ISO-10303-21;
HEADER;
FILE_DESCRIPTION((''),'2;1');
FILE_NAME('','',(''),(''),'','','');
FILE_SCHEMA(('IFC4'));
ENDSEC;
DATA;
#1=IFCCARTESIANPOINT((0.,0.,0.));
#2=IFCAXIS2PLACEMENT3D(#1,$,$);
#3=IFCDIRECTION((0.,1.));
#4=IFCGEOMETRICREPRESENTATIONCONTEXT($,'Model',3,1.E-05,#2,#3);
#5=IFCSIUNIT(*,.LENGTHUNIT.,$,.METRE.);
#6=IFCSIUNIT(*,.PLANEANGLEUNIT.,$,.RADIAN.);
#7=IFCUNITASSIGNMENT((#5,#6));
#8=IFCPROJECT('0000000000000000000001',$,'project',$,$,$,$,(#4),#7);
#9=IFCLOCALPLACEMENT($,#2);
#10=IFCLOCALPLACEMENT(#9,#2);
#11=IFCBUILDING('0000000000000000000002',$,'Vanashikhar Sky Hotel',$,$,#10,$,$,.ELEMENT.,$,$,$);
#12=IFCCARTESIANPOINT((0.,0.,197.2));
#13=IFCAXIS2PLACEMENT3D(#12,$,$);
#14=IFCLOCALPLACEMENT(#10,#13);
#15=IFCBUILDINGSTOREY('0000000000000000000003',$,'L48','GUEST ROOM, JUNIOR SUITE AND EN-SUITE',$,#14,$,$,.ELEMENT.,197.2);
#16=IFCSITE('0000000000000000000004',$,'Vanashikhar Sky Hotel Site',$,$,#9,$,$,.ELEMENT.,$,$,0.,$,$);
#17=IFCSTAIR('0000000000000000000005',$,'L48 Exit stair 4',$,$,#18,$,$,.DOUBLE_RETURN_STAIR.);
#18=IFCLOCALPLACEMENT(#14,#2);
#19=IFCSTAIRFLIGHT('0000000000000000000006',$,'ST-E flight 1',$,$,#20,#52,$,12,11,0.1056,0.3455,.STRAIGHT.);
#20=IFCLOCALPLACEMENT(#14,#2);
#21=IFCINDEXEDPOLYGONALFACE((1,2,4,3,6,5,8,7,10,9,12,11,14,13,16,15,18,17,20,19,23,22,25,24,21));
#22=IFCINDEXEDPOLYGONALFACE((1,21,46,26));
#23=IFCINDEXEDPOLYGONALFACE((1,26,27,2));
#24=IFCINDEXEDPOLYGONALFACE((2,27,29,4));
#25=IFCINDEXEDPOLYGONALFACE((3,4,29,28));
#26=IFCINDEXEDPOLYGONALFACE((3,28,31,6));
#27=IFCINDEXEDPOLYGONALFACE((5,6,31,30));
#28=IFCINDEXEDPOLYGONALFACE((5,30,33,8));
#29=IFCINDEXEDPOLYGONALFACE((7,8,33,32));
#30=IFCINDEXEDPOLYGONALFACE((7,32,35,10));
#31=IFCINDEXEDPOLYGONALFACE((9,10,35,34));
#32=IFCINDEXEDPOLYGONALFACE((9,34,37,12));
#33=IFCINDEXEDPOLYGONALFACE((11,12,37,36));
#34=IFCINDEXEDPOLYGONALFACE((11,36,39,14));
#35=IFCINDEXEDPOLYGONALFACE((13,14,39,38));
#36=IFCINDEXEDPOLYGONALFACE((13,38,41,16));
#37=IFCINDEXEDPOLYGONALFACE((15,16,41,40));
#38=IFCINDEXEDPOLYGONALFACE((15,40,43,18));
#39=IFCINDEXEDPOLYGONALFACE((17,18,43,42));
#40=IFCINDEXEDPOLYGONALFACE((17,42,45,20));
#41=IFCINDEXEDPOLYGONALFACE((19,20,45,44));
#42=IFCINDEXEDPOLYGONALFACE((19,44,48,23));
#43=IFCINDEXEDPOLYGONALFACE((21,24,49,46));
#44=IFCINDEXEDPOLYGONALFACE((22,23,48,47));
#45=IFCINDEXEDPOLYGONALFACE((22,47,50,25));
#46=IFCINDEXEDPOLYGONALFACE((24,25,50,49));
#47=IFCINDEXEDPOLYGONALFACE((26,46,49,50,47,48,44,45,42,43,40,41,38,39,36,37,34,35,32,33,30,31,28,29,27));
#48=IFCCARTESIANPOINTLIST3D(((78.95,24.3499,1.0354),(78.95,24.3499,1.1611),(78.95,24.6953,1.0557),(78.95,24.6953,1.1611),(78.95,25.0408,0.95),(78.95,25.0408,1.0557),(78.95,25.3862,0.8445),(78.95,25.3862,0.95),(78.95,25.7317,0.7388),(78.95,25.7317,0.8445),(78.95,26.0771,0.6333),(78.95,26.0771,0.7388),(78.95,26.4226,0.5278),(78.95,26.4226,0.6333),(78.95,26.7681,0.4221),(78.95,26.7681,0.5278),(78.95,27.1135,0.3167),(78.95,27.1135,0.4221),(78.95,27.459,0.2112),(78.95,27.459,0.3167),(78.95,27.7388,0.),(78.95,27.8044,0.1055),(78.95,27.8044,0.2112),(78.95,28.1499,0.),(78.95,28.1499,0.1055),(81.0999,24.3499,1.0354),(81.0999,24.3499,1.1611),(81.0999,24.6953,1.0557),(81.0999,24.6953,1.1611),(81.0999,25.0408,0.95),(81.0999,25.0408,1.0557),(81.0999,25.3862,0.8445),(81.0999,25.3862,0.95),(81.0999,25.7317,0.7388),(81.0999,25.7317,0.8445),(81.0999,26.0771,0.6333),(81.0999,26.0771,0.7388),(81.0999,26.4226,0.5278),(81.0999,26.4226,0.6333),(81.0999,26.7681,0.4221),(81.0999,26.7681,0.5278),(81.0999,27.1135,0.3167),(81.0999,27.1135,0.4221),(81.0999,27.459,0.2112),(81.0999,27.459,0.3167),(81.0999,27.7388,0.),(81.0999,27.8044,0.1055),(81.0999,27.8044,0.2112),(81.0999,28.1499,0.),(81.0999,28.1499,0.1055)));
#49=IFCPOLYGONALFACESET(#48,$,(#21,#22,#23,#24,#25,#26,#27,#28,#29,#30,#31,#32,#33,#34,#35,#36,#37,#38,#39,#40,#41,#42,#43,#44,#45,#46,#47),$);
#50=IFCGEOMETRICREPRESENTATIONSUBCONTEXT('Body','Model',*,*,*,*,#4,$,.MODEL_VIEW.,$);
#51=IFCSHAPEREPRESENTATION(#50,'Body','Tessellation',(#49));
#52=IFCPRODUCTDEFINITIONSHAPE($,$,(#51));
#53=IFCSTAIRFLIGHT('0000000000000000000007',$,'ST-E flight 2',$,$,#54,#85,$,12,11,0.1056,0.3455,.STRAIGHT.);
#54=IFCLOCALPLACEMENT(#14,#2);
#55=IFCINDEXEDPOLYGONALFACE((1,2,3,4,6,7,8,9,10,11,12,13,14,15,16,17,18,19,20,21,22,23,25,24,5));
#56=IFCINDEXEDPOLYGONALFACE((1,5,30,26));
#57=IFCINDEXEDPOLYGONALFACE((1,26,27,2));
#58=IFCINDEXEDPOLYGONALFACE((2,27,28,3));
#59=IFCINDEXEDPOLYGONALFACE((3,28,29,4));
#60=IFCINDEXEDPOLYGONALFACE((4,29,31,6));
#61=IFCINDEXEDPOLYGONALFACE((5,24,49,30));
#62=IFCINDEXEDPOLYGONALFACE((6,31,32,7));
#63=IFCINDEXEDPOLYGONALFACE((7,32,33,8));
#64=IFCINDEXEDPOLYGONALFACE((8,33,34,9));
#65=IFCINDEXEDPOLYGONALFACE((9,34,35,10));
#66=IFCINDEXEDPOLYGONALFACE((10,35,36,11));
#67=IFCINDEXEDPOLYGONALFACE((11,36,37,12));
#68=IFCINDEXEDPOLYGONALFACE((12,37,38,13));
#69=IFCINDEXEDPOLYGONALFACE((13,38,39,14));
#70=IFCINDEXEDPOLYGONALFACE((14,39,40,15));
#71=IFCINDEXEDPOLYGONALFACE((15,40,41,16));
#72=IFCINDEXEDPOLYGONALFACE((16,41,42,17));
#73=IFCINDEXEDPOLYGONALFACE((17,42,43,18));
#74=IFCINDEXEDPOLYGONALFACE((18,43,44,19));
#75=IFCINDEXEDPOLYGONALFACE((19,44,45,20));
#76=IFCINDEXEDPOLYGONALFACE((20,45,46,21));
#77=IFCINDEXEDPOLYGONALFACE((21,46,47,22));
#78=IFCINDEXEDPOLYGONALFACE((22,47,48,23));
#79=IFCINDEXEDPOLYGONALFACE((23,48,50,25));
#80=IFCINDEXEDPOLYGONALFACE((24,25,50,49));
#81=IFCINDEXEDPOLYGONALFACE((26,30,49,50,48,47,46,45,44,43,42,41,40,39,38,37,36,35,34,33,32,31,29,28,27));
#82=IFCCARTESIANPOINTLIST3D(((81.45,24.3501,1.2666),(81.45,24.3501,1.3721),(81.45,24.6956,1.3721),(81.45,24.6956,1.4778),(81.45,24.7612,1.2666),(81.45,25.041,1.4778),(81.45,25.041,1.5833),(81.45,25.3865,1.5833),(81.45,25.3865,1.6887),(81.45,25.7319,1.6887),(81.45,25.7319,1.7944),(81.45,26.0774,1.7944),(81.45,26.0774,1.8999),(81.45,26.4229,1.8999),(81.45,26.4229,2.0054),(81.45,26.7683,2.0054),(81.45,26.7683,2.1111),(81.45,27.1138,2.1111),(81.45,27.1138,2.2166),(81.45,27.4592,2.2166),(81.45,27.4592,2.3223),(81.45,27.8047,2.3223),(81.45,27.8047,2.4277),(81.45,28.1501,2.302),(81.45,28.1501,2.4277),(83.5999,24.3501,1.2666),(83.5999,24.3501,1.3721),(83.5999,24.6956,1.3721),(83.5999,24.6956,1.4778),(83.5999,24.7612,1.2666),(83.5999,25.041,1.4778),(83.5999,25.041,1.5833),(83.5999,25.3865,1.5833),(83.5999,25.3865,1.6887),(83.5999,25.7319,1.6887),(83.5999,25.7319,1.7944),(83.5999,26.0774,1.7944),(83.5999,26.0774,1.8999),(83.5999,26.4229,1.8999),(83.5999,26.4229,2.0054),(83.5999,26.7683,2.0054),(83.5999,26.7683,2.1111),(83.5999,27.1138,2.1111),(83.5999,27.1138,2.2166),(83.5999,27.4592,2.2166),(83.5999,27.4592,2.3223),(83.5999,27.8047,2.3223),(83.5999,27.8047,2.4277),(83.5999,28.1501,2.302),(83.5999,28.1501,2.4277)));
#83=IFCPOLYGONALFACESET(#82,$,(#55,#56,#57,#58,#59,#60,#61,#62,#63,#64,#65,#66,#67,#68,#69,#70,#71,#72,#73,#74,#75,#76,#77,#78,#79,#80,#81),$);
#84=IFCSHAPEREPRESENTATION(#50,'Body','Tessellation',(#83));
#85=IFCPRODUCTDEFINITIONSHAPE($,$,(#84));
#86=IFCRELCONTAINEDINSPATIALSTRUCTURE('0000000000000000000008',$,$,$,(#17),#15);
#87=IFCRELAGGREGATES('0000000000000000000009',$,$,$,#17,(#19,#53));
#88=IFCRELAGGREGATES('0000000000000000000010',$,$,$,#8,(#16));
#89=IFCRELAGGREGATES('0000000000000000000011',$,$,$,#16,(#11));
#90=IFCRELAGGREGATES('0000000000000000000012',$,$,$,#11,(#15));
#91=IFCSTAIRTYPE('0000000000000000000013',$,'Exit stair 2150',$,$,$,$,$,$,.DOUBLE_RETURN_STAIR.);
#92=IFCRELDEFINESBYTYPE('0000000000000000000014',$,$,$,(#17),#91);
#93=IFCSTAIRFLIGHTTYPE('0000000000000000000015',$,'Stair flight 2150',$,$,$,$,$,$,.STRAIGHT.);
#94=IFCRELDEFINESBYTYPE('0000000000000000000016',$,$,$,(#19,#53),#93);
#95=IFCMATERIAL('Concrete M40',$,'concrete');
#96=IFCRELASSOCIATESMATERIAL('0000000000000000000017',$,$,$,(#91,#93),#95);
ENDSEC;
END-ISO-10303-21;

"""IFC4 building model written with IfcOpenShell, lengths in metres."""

from ifc_helpers import new_model, si_unit, direction, frame, origin, place, context, subcontext, project, spatial, polyline, outline, extrude, source, transform, mapped, material, type_object, element, aggregate, save


model = new_model("IFC4")

# Units and contexts
model_context = context("Model", 3, precision=1e-05, world=origin(), true_north=direction((0.0, 1.0)))
body_context = subcontext(model_context, "Body", "Model", "MODEL_VIEW")
ifc_project = project(units=[si_unit("LENGTHUNIT", "METRE"), si_unit("PLANEANGLEUNIT", "RADIAN")], contexts=[model_context])

# Site, building, storey
site_placement = place(None, origin())
site = spatial("IfcSite", under=ifc_project, at=site_placement, Name="Vanashikhar Sky Hotel Site", CompositionType="ELEMENT", RefElevation=0.0)
building_placement = place(site_placement, origin())
building = spatial("IfcBuilding", under=site, at=building_placement, Name="Vanashikhar Sky Hotel", CompositionType="ELEMENT")
storey_placement = place(building_placement, frame((0.0, 0.0, 197.2)))
storey = spatial("IfcBuildingStorey", under=building, at=storey_placement, Name="L48", Description="GUEST ROOM, JUNIOR SUITE AND EN-SUITE", CompositionType="ELEMENT", Elevation=197.2)

# Stair, stair flights
ifc_material_1 = material(Name="Concrete M40", Category="concrete")
stair_type = type_object("IfcStairType", Name="Exit stair 2150", PredefinedType="DOUBLE_RETURN_STAIR", material=ifc_material_1)
stair_placement = place(storey_placement, origin())
stair = element("IfcStair", 1, at=stair_placement, inside=storey, type_object=stair_type, Name="L48 Exit stair 4", PredefinedType="DOUBLE_RETURN_STAIR")
stair_flight_type = type_object("IfcStairFlightType", Name="Stair flight 2150", PredefinedType="STRAIGHT", material=ifc_material_1)
shared_shape_1 = source(origin(), body_context, "Body", "SweptSolid", [
    extrude(outline(polyline([(0.0, 0.0), (0.0, 0.1055), (0.3455, 0.1055), (0.3455, 0.2112), (0.6909, 0.2112), (0.6909, 0.3167), (1.0364, 0.3167), (1.0364, 0.4221), (1.3818, 0.4221), (1.3818, 0.5278), (1.7273, 0.5278), (1.7273, 0.6333), (2.0728, 0.6333), (2.0728, 0.7388), (2.4182, 0.7388), (2.4182, 0.8445), (2.7637, 0.8445), (2.7637, 0.95), (3.1091, 0.95), (3.1091, 1.0557), (3.4546, 1.0557), (3.4546, 1.1611), (3.8, 1.1611), (3.8, 1.2666), (3.8, 1.0354), (0.4111, 0.0), (0.0, 0.0)])), frame((0.0, 1.075, 0.0), z_axis=(0.0, -1.0, 0.0), x_axis=(1.0, 0.0, 0.0)), (0.0, 0.0, 1.0), 2.1499),
])
stair_flight_1_placement = place(storey_placement, frame((80.0249, 28.1499, 0.0), z_axis=(0.0, 0.0, 1.0), x_axis=(0.0, -1.0, 0.0)))
stair_flight_1 = element("IfcStairFlight", 2, at=stair_flight_1_placement, type_object=stair_flight_type, Name="ST-E flight 1", NumberOfRisers=12, NumberOfTreads=11, PredefinedType="STRAIGHT", RiserHeight=0.1056, TreadLength=0.3455, context=body_context, shape_type="MappedRepresentation", body=[
    mapped(shared_shape_1, transform((0.0, 0.0, 0.0), scale=1.0)),
])
stair_flight_2_placement = place(storey_placement, frame((82.5249, 24.3501, 1.2666), z_axis=(0.0, 0.0, 1.0), x_axis=(0.0, 1.0, 0.0)))
stair_flight_2 = element("IfcStairFlight", 3, at=stair_flight_2_placement, type_object=stair_flight_type, Name="ST-E flight 2", NumberOfRisers=12, NumberOfTreads=11, PredefinedType="STRAIGHT", RiserHeight=0.1056, TreadLength=0.3455, context=body_context, shape_type="MappedRepresentation", body=[
    mapped(shared_shape_1, transform((0.0, 0.0, 0.0), scale=1.0)),
])
aggregate(stair, [stair_flight_1, stair_flight_2])

save(model, "model.ifc")
